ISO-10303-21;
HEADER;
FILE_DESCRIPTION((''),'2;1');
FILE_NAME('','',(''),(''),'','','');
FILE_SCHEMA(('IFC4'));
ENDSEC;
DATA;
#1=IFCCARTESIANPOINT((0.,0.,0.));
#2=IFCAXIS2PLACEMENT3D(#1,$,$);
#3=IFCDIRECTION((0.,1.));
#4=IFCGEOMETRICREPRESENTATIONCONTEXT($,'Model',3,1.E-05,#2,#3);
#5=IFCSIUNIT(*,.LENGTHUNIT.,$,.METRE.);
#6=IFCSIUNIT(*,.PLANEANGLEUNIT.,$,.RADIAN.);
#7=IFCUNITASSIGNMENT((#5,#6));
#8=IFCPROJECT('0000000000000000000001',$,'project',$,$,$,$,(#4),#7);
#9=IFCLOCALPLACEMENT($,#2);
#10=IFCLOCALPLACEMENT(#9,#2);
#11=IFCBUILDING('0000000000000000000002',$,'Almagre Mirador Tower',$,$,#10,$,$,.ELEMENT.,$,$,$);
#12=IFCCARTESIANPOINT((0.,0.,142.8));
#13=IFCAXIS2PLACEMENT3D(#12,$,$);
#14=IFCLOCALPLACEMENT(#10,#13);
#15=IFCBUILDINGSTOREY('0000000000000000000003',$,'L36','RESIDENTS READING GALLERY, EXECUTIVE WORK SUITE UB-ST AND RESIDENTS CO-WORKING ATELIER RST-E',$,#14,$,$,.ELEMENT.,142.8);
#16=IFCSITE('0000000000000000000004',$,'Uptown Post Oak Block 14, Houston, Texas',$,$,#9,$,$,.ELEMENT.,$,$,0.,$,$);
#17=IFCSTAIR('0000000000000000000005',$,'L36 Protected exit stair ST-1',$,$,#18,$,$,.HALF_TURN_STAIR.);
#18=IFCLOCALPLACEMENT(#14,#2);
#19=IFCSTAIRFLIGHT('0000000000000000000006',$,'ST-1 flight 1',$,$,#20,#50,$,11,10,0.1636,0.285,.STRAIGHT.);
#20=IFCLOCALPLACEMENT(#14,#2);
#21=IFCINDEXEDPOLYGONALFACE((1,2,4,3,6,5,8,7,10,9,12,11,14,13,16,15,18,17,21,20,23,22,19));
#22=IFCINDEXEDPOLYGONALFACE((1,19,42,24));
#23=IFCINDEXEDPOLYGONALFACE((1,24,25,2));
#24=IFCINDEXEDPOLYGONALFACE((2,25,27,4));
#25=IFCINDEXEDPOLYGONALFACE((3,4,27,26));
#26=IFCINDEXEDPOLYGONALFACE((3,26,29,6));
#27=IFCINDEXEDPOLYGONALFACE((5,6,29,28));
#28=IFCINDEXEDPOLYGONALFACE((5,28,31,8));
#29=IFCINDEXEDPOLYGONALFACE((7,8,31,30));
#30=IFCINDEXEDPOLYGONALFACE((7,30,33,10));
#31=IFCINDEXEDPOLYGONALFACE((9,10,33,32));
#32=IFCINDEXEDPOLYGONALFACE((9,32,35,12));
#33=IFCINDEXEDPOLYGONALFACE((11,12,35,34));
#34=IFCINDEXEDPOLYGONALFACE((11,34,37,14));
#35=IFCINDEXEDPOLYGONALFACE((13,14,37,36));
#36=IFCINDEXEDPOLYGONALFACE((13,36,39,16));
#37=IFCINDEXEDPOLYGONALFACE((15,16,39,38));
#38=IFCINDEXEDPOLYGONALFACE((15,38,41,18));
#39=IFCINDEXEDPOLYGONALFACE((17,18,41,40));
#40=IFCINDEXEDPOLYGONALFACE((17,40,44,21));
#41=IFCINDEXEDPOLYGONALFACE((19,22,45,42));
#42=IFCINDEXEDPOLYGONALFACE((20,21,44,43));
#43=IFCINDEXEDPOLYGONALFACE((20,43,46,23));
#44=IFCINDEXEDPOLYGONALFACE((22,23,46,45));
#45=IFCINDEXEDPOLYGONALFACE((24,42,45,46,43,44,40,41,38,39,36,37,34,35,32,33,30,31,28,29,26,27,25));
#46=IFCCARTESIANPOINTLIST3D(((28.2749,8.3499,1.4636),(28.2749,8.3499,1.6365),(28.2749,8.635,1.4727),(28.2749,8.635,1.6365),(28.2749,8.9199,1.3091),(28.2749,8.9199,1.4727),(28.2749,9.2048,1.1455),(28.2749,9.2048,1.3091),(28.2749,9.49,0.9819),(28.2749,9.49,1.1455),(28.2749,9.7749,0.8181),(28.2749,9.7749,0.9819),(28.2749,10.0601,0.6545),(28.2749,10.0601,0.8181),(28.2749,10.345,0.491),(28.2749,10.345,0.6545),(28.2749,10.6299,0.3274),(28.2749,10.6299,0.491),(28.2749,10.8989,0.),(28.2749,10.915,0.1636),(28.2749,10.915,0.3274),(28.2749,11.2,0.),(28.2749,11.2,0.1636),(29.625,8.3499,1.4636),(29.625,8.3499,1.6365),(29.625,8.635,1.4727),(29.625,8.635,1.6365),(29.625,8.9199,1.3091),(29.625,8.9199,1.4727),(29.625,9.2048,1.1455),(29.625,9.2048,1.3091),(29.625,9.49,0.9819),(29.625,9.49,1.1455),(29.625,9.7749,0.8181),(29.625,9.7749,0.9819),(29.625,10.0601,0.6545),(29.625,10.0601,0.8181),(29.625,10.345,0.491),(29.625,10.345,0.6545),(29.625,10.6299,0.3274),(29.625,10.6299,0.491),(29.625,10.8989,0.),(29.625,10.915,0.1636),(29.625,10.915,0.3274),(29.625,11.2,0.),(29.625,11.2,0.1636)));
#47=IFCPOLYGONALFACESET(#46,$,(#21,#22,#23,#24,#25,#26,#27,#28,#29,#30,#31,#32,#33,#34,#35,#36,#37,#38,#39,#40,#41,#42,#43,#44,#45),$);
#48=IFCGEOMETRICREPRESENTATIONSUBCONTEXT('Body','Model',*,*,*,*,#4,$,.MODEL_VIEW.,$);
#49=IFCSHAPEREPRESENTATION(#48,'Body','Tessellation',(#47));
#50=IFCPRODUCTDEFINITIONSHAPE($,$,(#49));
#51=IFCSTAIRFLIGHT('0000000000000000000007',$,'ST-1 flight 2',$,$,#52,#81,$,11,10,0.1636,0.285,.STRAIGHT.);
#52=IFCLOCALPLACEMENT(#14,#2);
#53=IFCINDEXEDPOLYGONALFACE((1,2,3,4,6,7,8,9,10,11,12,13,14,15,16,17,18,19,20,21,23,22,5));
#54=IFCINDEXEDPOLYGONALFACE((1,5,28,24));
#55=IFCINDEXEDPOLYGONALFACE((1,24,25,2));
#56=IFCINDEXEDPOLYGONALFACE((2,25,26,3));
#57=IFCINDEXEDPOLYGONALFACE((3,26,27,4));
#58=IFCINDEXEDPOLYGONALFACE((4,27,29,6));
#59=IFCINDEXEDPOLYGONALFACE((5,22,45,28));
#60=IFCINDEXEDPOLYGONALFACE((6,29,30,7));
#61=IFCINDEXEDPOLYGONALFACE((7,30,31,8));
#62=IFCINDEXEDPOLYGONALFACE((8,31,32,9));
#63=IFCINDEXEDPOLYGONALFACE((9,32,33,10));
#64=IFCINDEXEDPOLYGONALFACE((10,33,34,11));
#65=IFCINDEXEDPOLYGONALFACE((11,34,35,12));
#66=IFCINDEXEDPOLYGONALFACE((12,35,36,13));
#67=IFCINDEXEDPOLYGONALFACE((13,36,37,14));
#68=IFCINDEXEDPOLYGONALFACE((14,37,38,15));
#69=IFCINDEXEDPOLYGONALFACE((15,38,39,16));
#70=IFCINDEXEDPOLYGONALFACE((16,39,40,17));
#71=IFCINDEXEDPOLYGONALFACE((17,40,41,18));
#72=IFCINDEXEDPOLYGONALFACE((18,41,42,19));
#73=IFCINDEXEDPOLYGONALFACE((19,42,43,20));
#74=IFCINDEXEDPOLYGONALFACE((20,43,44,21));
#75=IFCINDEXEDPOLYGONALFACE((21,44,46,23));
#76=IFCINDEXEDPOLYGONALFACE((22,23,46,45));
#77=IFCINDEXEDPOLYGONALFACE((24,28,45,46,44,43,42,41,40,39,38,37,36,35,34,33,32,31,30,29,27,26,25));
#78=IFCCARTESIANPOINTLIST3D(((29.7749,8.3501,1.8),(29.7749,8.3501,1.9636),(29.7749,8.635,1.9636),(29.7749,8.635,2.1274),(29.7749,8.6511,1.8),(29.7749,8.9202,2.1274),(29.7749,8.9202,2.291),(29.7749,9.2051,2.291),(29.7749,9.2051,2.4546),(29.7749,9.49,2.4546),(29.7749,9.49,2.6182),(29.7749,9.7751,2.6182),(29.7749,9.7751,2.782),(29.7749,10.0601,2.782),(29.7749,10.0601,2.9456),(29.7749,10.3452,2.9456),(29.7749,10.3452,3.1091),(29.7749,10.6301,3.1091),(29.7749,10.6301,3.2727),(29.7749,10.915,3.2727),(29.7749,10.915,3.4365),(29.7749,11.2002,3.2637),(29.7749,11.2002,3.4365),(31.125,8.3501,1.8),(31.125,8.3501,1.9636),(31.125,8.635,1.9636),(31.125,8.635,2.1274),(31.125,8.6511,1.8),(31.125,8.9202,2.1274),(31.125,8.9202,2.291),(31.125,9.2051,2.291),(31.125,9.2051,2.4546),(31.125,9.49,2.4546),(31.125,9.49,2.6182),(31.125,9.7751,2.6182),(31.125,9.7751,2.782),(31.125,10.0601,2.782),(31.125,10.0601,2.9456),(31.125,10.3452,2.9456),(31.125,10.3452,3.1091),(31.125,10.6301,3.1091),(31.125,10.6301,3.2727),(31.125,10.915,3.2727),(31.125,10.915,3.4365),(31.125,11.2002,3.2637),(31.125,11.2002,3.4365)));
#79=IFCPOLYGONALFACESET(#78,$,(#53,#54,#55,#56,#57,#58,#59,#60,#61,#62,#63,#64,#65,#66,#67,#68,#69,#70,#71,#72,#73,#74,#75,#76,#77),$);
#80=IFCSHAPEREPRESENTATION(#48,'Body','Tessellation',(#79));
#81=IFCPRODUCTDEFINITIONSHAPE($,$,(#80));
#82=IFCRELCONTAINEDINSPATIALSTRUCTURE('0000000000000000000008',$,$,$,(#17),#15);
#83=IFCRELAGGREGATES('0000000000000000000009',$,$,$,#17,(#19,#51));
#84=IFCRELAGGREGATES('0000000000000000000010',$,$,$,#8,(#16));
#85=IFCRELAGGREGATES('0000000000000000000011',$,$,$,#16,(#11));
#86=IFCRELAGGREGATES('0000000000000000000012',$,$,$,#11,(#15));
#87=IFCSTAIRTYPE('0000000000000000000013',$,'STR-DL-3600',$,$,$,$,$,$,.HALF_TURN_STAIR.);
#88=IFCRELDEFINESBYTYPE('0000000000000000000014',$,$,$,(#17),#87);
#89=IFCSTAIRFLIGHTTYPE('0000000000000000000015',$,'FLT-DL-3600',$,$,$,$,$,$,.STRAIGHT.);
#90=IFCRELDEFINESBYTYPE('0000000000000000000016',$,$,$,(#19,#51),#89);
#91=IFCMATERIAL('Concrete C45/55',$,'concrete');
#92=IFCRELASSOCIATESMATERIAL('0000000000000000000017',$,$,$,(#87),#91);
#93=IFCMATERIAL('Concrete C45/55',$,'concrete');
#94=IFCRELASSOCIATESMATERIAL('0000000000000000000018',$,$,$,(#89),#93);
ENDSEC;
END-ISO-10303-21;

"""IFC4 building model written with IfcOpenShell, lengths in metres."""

from ifc_helpers import new_model, si_unit, direction, frame, origin, place, context, subcontext, project, spatial, polyline, outline, extrude, material, type_object, element, aggregate, save


model = new_model("IFC4")

# Units and contexts
model_context = context("Model", 3, precision=1e-05, world=origin(), true_north=direction((0.0, 1.0)))
body_context = subcontext(model_context, "Body", "Model", "MODEL_VIEW")
ifc_project = project(units=[si_unit("LENGTHUNIT", "METRE"), si_unit("PLANEANGLEUNIT", "RADIAN")], contexts=[model_context])

# Site, building, storey
site_placement = place(None, origin())
site = spatial("IfcSite", under=ifc_project, at=site_placement, Name="Uptown Post Oak Block 14, Houston, Texas", CompositionType="ELEMENT", RefElevation=0.0)
building_placement = place(site_placement, origin())
building = spatial("IfcBuilding", under=site, at=building_placement, Name="Almagre Mirador Tower", CompositionType="ELEMENT")
storey_placement = place(building_placement, frame((0.0, 0.0, 142.8)))
storey = spatial("IfcBuildingStorey", under=building, at=storey_placement, Name="L36", Description="RESIDENTS READING GALLERY, EXECUTIVE WORK SUITE UB-ST AND RESIDENTS CO-WORKING ATELIER RST-E", CompositionType="ELEMENT", Elevation=142.8)

# Stair, stair flights
ifc_material_1 = material(Name="Concrete C45/55", Category="concrete")
stair_type = type_object("IfcStairType", Name="STR-DL-3600", PredefinedType="HALF_TURN_STAIR", material=ifc_material_1)
stair_placement = place(storey_placement, origin())
stair = element("IfcStair", 1, at=stair_placement, inside=storey, type_object=stair_type, Name="L36 Protected exit stair ST-1", PredefinedType="HALF_TURN_STAIR")
ifc_material_2 = material(Name="Concrete C45/55", Category="concrete")
stair_flight_type = type_object("IfcStairFlightType", Name="FLT-DL-3600", PredefinedType="STRAIGHT", material=ifc_material_2)
stair_flight_1_placement = place(storey_placement, frame((28.95, 11.2, 0.0), z_axis=(0.0, 0.0, 1.0), x_axis=(0.0, -1.0, 0.0)))
stair_flight_1 = element("IfcStairFlight", 2, at=stair_flight_1_placement, type_object=stair_flight_type, Name="ST-1 flight 1", NumberOfRisers=11, NumberOfTreads=10, PredefinedType="STRAIGHT", RiserHeight=0.1636, TreadLength=0.285, context=body_context, shape_type="SweptSolid", body=[
    extrude(outline(polyline([(0.0, 0.0), (0.0, 0.1636), (0.2849, 0.1636), (0.2849, 0.3274), (0.5701, 0.3274), (0.5701, 0.491), (0.855, 0.491), (0.855, 0.6545), (1.1399, 0.6545), (1.1399, 0.8181), (1.425, 0.8181), (1.425, 0.9819), (1.71, 0.9819), (1.71, 1.1455), (1.9951, 1.1455), (1.9951, 1.3091), (2.28, 1.3091), (2.28, 1.4727), (2.5649, 1.4727), (2.5649, 1.6365), (2.8501, 1.6365), (2.8501, 1.8), (2.8501, 1.4636), (0.301, 0.0), (0.0, 0.0)])), frame((0.0, 0.675, 0.0), z_axis=(0.0, -1.0, 0.0), x_axis=(1.0, 0.0, 0.0)), (0.0, 0.0, 1.0), 1.3501),
])
stair_flight_2_placement = place(storey_placement, frame((30.45, 8.3501, 1.8), z_axis=(0.0, 0.0, 1.0), x_axis=(0.0, 1.0, 0.0)))
stair_flight_2 = element("IfcStairFlight", 3, at=stair_flight_2_placement, type_object=stair_flight_type, Name="ST-1 flight 2", NumberOfRisers=11, NumberOfTreads=10, PredefinedType="STRAIGHT", RiserHeight=0.1636, TreadLength=0.285, context=body_context, shape_type="SweptSolid", body=[
    extrude(outline(polyline([(0.0, 0.0), (0.0, 0.1636), (0.2849, 0.1636), (0.2849, 0.3274), (0.5701, 0.3274), (0.5701, 0.491), (0.855, 0.491), (0.855, 0.6545), (1.1399, 0.6545), (1.1399, 0.8181), (1.425, 0.8181), (1.425, 0.9819), (1.71, 0.9819), (1.71, 1.1455), (1.9951, 1.1455), (1.9951, 1.3091), (2.28, 1.3091), (2.28, 1.4727), (2.5649, 1.4727), (2.5649, 1.6365), (2.8501, 1.6365), (2.8501, 1.8), (2.8501, 1.4636), (0.301, 0.0), (0.0, 0.0)])), frame((0.0, 0.675, 0.0), z_axis=(0.0, -1.0, 0.0), x_axis=(1.0, 0.0, 0.0)), (0.0, 0.0, 1.0), 1.3501),
])
aggregate(stair, [stair_flight_1, stair_flight_2])

save(model, "model.ifc")
